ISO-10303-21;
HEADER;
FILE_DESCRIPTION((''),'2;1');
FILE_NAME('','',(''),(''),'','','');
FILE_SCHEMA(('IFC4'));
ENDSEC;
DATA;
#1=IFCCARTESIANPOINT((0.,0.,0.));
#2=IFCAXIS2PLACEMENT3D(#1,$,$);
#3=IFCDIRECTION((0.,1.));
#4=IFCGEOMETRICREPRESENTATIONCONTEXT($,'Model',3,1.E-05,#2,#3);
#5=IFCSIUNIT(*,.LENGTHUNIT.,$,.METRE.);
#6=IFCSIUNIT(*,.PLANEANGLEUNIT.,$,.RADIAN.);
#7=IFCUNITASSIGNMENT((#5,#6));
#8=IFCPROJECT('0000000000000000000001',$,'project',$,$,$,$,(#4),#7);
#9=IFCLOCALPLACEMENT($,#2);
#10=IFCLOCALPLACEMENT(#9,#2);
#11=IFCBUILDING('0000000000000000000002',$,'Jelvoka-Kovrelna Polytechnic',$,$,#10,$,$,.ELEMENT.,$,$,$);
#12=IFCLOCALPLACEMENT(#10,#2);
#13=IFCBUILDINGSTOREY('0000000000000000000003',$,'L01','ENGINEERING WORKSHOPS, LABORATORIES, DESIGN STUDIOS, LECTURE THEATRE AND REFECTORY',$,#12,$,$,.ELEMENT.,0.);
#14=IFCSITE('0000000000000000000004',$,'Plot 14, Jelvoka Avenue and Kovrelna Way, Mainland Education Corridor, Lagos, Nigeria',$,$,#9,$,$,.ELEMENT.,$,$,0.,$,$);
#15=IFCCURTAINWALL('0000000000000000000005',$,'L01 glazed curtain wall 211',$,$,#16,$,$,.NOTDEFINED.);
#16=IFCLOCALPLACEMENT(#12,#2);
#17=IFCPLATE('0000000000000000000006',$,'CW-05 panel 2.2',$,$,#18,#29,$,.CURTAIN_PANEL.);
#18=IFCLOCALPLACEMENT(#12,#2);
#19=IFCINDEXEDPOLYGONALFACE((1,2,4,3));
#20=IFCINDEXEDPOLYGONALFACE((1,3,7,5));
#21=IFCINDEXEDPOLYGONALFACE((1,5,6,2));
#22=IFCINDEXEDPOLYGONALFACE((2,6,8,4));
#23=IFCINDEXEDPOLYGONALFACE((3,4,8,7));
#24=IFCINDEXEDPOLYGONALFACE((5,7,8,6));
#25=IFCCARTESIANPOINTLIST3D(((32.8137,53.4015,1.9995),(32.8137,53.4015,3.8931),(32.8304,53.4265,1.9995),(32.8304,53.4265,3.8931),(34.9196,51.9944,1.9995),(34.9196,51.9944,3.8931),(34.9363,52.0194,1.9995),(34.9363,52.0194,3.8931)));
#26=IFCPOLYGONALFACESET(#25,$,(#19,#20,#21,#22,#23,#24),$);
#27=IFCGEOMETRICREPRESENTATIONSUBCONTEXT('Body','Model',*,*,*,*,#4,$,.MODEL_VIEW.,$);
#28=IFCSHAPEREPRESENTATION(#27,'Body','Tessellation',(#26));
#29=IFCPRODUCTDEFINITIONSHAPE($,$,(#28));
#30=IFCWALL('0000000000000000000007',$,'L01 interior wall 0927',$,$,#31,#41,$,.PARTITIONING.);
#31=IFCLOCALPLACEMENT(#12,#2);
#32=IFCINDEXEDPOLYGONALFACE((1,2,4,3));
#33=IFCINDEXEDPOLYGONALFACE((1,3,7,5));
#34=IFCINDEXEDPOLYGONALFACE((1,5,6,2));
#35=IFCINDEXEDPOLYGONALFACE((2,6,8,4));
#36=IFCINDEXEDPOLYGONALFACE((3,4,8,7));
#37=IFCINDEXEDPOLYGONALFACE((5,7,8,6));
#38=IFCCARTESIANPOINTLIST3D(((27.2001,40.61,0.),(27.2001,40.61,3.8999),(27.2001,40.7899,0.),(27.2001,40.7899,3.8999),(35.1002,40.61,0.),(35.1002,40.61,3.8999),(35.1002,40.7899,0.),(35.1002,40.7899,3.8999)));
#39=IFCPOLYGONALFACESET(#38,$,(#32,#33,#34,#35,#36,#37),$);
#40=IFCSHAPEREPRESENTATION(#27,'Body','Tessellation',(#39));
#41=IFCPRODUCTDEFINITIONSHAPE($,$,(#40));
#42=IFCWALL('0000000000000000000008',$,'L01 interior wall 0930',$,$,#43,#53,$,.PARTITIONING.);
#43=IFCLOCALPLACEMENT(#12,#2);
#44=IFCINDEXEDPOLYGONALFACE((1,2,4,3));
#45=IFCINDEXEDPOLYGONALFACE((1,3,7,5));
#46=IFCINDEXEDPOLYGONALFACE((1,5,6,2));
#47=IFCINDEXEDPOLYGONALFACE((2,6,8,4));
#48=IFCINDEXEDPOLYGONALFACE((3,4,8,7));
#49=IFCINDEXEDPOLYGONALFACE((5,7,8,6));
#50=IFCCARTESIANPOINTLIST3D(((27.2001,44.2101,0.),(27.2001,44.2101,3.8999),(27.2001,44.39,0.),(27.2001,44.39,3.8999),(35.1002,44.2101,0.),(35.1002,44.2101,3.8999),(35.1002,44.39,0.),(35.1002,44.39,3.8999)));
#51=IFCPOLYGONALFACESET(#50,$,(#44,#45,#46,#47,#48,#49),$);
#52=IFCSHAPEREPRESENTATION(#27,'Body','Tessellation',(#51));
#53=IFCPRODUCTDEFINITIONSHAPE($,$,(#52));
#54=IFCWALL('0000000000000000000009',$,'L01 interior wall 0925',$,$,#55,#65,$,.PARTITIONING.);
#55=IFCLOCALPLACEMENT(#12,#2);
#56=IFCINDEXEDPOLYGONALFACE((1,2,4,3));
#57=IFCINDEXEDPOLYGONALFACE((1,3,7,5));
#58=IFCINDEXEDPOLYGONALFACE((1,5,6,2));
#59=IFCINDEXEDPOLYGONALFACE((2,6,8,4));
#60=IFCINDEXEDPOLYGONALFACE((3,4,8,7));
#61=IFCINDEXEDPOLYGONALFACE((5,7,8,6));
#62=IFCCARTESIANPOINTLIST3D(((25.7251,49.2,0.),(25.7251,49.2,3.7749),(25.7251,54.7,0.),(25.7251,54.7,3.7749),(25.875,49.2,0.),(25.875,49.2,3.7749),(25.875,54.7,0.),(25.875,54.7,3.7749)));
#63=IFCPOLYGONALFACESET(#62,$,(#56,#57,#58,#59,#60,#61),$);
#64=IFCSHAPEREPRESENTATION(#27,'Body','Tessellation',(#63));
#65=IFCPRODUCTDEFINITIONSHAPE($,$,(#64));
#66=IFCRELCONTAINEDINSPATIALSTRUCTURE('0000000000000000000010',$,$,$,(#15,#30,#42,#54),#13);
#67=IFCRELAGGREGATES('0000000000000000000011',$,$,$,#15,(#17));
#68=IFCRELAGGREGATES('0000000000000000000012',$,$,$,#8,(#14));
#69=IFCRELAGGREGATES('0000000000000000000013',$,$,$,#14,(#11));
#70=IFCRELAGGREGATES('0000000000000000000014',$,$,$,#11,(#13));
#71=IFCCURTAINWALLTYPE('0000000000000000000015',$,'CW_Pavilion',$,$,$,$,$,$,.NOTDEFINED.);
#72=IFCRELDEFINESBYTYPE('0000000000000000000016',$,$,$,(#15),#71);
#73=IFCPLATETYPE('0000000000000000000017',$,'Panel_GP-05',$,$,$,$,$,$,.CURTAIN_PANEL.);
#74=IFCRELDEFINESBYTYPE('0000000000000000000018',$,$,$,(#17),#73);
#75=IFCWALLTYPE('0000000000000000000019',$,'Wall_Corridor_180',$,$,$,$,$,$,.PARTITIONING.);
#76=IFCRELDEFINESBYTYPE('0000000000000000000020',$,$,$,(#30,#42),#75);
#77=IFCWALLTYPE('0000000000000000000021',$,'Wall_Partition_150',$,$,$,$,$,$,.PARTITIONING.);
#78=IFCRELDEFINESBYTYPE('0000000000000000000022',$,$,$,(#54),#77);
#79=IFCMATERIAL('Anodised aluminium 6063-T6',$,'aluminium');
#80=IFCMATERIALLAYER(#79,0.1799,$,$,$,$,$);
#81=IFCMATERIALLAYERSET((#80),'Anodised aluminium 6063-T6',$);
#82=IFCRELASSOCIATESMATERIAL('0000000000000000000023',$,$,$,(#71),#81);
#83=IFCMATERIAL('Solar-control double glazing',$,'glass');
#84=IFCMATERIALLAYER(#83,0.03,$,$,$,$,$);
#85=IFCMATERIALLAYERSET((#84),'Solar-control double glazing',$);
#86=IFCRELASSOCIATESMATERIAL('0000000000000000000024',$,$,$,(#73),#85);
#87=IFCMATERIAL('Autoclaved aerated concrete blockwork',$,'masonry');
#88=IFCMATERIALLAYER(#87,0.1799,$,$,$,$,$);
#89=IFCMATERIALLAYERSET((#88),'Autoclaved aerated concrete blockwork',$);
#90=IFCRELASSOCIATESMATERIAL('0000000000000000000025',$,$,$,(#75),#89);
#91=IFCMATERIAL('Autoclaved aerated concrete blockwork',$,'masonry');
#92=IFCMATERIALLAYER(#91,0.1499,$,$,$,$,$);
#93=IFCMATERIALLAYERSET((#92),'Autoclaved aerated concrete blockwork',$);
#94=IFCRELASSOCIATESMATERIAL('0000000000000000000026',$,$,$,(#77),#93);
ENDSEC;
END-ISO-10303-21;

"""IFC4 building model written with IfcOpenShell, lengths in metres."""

from ifc_helpers import new_model, si_unit, direction, frame, frame_2d, origin, origin_2d, place, context, subcontext, project, spatial, rectangle, extrude, material, layer, layer_set, type_object, element, aggregate, save


model = new_model("IFC4")

# Units and contexts
model_context = context("Model", 3, precision=1e-05, world=origin(), true_north=direction((0.0, 1.0)))
body_context = subcontext(model_context, "Body", "Model", "MODEL_VIEW")
ifc_project = project(units=[si_unit("LENGTHUNIT", "METRE"), si_unit("PLANEANGLEUNIT", "RADIAN")], contexts=[model_context])

# Site, building, storey
site_placement = place(None, origin())
site = spatial("IfcSite", under=ifc_project, at=site_placement, Name="Plot 14, Jelvoka Avenue and Kovrelna Way, Mainland Education Corridor, Lagos, Nigeria", CompositionType="ELEMENT", RefElevation=0.0)
building_placement = place(site_placement, origin())
building = spatial("IfcBuilding", under=site, at=building_placement, Name="Jelvoka-Kovrelna Polytechnic", CompositionType="ELEMENT")
storey_placement = place(building_placement, origin())
storey = spatial("IfcBuildingStorey", under=building, at=storey_placement, Name="L01", Description="ENGINEERING WORKSHOPS, LABORATORIES, DESIGN STUDIOS, LECTURE THEATRE AND REFECTORY", CompositionType="ELEMENT", Elevation=0.0)

# Curtain wall, plate
ifc_material_1 = material(Name="Anodised aluminium 6063-T6", Category="aluminium")
ifc_layer_1 = layer(ifc_material_1, 0.1799)
ifc_layer_set_1 = layer_set([ifc_layer_1], Name="Anodised aluminium 6063-T6")
curtain_wall_type = type_object("IfcCurtainWallType", Name="CW_Pavilion", PredefinedType="NOTDEFINED", material=ifc_layer_set_1)
curtain_wall_placement = place(storey_placement, origin())
curtain_wall = element("IfcCurtainWall", 1, at=curtain_wall_placement, inside=storey, type_object=curtain_wall_type, Name="L01 glazed curtain wall 211", PredefinedType="NOTDEFINED")
ifc_material_2 = material(Name="Solar-control double glazing", Category="glass")
ifc_layer_2 = layer(ifc_material_2, 0.03)
ifc_layer_set_2 = layer_set([ifc_layer_2], Name="Solar-control double glazing")
plate_type = type_object("IfcPlateType", Name="Panel_GP-05", PredefinedType="CURTAIN_PANEL", material=ifc_layer_set_2)
plate_1_placement = place(storey_placement, frame((33.875, 52.7104, 1.9995), z_axis=(0.0, 0.0, 1.0), x_axis=(0.831461, -0.555583, 0.0)))
plate_1 = element("IfcPlate", 2, at=plate_1_placement, type_object=plate_type, Name="CW-05 panel 2.2", PredefinedType="CURTAIN_PANEL", context=body_context, shape_type="SweptSolid", body=[
    extrude(rectangle(XDim=2.5327, YDim=0.03, at=origin_2d()), origin(), (0.0, 0.0, 1.0), 1.8936),
])
aggregate(curtain_wall, [plate_1])

# Walls
ifc_material_3 = material(Name="Autoclaved aerated concrete blockwork", Category="masonry")
ifc_layer_3 = layer(ifc_material_3, 0.1799)
ifc_layer_set_3 = layer_set([ifc_layer_3], Name="Autoclaved aerated concrete blockwork")
wall_type_1 = type_object("IfcWallType", Name="Wall_Corridor_180", PredefinedType="PARTITIONING", material=ifc_layer_set_3)
for number, where, z_axis, x_axis, name in (
    (3, (27.2, 40.7, 0.0), (0.0, 0.0, 1.0), (1.0, 0.0, 0.0), "L01 interior wall 0927"),
    (4, (27.2, 44.3, 0.0), (0.0, 0.0, 1.0), (1.0, 0.0, 0.0), "L01 interior wall 0930"),
):
    element("IfcWall", number, at=place(storey_placement, frame(where, z_axis=z_axis, x_axis=x_axis)), inside=storey, type_object=wall_type_1, Name=name, PredefinedType="PARTITIONING", context=body_context, shape_type="SweptSolid", body=[
        extrude(rectangle(XDim=7.9001, YDim=0.1799, at=frame_2d((3.9502, 0.0))), origin(), (0.0, 0.0, 1.0), 3.8999),
    ])
ifc_material_4 = material(Name="Autoclaved aerated concrete blockwork", Category="masonry")
ifc_layer_4 = layer(ifc_material_4, 0.1499)
ifc_layer_set_4 = layer_set([ifc_layer_4], Name="Autoclaved aerated concrete blockwork")
wall_type_2 = type_object("IfcWallType", Name="Wall_Partition_150", PredefinedType="PARTITIONING", material=ifc_layer_set_4)
wall_placement = place(storey_placement, frame((25.8, 49.2, 0.0), z_axis=(0.0, 0.0, 1.0), x_axis=(0.0, 1.0, 0.0)))
element("IfcWall", 5, at=wall_placement, inside=storey, type_object=wall_type_2, Name="L01 interior wall 0925", PredefinedType="PARTITIONING", context=body_context, shape_type="SweptSolid", body=[
    extrude(rectangle(XDim=5.5, YDim=0.1499, at=frame_2d((2.75, 0.0))), origin(), (0.0, 0.0, 1.0), 3.7749),
])

save(model, "model.ifc")
